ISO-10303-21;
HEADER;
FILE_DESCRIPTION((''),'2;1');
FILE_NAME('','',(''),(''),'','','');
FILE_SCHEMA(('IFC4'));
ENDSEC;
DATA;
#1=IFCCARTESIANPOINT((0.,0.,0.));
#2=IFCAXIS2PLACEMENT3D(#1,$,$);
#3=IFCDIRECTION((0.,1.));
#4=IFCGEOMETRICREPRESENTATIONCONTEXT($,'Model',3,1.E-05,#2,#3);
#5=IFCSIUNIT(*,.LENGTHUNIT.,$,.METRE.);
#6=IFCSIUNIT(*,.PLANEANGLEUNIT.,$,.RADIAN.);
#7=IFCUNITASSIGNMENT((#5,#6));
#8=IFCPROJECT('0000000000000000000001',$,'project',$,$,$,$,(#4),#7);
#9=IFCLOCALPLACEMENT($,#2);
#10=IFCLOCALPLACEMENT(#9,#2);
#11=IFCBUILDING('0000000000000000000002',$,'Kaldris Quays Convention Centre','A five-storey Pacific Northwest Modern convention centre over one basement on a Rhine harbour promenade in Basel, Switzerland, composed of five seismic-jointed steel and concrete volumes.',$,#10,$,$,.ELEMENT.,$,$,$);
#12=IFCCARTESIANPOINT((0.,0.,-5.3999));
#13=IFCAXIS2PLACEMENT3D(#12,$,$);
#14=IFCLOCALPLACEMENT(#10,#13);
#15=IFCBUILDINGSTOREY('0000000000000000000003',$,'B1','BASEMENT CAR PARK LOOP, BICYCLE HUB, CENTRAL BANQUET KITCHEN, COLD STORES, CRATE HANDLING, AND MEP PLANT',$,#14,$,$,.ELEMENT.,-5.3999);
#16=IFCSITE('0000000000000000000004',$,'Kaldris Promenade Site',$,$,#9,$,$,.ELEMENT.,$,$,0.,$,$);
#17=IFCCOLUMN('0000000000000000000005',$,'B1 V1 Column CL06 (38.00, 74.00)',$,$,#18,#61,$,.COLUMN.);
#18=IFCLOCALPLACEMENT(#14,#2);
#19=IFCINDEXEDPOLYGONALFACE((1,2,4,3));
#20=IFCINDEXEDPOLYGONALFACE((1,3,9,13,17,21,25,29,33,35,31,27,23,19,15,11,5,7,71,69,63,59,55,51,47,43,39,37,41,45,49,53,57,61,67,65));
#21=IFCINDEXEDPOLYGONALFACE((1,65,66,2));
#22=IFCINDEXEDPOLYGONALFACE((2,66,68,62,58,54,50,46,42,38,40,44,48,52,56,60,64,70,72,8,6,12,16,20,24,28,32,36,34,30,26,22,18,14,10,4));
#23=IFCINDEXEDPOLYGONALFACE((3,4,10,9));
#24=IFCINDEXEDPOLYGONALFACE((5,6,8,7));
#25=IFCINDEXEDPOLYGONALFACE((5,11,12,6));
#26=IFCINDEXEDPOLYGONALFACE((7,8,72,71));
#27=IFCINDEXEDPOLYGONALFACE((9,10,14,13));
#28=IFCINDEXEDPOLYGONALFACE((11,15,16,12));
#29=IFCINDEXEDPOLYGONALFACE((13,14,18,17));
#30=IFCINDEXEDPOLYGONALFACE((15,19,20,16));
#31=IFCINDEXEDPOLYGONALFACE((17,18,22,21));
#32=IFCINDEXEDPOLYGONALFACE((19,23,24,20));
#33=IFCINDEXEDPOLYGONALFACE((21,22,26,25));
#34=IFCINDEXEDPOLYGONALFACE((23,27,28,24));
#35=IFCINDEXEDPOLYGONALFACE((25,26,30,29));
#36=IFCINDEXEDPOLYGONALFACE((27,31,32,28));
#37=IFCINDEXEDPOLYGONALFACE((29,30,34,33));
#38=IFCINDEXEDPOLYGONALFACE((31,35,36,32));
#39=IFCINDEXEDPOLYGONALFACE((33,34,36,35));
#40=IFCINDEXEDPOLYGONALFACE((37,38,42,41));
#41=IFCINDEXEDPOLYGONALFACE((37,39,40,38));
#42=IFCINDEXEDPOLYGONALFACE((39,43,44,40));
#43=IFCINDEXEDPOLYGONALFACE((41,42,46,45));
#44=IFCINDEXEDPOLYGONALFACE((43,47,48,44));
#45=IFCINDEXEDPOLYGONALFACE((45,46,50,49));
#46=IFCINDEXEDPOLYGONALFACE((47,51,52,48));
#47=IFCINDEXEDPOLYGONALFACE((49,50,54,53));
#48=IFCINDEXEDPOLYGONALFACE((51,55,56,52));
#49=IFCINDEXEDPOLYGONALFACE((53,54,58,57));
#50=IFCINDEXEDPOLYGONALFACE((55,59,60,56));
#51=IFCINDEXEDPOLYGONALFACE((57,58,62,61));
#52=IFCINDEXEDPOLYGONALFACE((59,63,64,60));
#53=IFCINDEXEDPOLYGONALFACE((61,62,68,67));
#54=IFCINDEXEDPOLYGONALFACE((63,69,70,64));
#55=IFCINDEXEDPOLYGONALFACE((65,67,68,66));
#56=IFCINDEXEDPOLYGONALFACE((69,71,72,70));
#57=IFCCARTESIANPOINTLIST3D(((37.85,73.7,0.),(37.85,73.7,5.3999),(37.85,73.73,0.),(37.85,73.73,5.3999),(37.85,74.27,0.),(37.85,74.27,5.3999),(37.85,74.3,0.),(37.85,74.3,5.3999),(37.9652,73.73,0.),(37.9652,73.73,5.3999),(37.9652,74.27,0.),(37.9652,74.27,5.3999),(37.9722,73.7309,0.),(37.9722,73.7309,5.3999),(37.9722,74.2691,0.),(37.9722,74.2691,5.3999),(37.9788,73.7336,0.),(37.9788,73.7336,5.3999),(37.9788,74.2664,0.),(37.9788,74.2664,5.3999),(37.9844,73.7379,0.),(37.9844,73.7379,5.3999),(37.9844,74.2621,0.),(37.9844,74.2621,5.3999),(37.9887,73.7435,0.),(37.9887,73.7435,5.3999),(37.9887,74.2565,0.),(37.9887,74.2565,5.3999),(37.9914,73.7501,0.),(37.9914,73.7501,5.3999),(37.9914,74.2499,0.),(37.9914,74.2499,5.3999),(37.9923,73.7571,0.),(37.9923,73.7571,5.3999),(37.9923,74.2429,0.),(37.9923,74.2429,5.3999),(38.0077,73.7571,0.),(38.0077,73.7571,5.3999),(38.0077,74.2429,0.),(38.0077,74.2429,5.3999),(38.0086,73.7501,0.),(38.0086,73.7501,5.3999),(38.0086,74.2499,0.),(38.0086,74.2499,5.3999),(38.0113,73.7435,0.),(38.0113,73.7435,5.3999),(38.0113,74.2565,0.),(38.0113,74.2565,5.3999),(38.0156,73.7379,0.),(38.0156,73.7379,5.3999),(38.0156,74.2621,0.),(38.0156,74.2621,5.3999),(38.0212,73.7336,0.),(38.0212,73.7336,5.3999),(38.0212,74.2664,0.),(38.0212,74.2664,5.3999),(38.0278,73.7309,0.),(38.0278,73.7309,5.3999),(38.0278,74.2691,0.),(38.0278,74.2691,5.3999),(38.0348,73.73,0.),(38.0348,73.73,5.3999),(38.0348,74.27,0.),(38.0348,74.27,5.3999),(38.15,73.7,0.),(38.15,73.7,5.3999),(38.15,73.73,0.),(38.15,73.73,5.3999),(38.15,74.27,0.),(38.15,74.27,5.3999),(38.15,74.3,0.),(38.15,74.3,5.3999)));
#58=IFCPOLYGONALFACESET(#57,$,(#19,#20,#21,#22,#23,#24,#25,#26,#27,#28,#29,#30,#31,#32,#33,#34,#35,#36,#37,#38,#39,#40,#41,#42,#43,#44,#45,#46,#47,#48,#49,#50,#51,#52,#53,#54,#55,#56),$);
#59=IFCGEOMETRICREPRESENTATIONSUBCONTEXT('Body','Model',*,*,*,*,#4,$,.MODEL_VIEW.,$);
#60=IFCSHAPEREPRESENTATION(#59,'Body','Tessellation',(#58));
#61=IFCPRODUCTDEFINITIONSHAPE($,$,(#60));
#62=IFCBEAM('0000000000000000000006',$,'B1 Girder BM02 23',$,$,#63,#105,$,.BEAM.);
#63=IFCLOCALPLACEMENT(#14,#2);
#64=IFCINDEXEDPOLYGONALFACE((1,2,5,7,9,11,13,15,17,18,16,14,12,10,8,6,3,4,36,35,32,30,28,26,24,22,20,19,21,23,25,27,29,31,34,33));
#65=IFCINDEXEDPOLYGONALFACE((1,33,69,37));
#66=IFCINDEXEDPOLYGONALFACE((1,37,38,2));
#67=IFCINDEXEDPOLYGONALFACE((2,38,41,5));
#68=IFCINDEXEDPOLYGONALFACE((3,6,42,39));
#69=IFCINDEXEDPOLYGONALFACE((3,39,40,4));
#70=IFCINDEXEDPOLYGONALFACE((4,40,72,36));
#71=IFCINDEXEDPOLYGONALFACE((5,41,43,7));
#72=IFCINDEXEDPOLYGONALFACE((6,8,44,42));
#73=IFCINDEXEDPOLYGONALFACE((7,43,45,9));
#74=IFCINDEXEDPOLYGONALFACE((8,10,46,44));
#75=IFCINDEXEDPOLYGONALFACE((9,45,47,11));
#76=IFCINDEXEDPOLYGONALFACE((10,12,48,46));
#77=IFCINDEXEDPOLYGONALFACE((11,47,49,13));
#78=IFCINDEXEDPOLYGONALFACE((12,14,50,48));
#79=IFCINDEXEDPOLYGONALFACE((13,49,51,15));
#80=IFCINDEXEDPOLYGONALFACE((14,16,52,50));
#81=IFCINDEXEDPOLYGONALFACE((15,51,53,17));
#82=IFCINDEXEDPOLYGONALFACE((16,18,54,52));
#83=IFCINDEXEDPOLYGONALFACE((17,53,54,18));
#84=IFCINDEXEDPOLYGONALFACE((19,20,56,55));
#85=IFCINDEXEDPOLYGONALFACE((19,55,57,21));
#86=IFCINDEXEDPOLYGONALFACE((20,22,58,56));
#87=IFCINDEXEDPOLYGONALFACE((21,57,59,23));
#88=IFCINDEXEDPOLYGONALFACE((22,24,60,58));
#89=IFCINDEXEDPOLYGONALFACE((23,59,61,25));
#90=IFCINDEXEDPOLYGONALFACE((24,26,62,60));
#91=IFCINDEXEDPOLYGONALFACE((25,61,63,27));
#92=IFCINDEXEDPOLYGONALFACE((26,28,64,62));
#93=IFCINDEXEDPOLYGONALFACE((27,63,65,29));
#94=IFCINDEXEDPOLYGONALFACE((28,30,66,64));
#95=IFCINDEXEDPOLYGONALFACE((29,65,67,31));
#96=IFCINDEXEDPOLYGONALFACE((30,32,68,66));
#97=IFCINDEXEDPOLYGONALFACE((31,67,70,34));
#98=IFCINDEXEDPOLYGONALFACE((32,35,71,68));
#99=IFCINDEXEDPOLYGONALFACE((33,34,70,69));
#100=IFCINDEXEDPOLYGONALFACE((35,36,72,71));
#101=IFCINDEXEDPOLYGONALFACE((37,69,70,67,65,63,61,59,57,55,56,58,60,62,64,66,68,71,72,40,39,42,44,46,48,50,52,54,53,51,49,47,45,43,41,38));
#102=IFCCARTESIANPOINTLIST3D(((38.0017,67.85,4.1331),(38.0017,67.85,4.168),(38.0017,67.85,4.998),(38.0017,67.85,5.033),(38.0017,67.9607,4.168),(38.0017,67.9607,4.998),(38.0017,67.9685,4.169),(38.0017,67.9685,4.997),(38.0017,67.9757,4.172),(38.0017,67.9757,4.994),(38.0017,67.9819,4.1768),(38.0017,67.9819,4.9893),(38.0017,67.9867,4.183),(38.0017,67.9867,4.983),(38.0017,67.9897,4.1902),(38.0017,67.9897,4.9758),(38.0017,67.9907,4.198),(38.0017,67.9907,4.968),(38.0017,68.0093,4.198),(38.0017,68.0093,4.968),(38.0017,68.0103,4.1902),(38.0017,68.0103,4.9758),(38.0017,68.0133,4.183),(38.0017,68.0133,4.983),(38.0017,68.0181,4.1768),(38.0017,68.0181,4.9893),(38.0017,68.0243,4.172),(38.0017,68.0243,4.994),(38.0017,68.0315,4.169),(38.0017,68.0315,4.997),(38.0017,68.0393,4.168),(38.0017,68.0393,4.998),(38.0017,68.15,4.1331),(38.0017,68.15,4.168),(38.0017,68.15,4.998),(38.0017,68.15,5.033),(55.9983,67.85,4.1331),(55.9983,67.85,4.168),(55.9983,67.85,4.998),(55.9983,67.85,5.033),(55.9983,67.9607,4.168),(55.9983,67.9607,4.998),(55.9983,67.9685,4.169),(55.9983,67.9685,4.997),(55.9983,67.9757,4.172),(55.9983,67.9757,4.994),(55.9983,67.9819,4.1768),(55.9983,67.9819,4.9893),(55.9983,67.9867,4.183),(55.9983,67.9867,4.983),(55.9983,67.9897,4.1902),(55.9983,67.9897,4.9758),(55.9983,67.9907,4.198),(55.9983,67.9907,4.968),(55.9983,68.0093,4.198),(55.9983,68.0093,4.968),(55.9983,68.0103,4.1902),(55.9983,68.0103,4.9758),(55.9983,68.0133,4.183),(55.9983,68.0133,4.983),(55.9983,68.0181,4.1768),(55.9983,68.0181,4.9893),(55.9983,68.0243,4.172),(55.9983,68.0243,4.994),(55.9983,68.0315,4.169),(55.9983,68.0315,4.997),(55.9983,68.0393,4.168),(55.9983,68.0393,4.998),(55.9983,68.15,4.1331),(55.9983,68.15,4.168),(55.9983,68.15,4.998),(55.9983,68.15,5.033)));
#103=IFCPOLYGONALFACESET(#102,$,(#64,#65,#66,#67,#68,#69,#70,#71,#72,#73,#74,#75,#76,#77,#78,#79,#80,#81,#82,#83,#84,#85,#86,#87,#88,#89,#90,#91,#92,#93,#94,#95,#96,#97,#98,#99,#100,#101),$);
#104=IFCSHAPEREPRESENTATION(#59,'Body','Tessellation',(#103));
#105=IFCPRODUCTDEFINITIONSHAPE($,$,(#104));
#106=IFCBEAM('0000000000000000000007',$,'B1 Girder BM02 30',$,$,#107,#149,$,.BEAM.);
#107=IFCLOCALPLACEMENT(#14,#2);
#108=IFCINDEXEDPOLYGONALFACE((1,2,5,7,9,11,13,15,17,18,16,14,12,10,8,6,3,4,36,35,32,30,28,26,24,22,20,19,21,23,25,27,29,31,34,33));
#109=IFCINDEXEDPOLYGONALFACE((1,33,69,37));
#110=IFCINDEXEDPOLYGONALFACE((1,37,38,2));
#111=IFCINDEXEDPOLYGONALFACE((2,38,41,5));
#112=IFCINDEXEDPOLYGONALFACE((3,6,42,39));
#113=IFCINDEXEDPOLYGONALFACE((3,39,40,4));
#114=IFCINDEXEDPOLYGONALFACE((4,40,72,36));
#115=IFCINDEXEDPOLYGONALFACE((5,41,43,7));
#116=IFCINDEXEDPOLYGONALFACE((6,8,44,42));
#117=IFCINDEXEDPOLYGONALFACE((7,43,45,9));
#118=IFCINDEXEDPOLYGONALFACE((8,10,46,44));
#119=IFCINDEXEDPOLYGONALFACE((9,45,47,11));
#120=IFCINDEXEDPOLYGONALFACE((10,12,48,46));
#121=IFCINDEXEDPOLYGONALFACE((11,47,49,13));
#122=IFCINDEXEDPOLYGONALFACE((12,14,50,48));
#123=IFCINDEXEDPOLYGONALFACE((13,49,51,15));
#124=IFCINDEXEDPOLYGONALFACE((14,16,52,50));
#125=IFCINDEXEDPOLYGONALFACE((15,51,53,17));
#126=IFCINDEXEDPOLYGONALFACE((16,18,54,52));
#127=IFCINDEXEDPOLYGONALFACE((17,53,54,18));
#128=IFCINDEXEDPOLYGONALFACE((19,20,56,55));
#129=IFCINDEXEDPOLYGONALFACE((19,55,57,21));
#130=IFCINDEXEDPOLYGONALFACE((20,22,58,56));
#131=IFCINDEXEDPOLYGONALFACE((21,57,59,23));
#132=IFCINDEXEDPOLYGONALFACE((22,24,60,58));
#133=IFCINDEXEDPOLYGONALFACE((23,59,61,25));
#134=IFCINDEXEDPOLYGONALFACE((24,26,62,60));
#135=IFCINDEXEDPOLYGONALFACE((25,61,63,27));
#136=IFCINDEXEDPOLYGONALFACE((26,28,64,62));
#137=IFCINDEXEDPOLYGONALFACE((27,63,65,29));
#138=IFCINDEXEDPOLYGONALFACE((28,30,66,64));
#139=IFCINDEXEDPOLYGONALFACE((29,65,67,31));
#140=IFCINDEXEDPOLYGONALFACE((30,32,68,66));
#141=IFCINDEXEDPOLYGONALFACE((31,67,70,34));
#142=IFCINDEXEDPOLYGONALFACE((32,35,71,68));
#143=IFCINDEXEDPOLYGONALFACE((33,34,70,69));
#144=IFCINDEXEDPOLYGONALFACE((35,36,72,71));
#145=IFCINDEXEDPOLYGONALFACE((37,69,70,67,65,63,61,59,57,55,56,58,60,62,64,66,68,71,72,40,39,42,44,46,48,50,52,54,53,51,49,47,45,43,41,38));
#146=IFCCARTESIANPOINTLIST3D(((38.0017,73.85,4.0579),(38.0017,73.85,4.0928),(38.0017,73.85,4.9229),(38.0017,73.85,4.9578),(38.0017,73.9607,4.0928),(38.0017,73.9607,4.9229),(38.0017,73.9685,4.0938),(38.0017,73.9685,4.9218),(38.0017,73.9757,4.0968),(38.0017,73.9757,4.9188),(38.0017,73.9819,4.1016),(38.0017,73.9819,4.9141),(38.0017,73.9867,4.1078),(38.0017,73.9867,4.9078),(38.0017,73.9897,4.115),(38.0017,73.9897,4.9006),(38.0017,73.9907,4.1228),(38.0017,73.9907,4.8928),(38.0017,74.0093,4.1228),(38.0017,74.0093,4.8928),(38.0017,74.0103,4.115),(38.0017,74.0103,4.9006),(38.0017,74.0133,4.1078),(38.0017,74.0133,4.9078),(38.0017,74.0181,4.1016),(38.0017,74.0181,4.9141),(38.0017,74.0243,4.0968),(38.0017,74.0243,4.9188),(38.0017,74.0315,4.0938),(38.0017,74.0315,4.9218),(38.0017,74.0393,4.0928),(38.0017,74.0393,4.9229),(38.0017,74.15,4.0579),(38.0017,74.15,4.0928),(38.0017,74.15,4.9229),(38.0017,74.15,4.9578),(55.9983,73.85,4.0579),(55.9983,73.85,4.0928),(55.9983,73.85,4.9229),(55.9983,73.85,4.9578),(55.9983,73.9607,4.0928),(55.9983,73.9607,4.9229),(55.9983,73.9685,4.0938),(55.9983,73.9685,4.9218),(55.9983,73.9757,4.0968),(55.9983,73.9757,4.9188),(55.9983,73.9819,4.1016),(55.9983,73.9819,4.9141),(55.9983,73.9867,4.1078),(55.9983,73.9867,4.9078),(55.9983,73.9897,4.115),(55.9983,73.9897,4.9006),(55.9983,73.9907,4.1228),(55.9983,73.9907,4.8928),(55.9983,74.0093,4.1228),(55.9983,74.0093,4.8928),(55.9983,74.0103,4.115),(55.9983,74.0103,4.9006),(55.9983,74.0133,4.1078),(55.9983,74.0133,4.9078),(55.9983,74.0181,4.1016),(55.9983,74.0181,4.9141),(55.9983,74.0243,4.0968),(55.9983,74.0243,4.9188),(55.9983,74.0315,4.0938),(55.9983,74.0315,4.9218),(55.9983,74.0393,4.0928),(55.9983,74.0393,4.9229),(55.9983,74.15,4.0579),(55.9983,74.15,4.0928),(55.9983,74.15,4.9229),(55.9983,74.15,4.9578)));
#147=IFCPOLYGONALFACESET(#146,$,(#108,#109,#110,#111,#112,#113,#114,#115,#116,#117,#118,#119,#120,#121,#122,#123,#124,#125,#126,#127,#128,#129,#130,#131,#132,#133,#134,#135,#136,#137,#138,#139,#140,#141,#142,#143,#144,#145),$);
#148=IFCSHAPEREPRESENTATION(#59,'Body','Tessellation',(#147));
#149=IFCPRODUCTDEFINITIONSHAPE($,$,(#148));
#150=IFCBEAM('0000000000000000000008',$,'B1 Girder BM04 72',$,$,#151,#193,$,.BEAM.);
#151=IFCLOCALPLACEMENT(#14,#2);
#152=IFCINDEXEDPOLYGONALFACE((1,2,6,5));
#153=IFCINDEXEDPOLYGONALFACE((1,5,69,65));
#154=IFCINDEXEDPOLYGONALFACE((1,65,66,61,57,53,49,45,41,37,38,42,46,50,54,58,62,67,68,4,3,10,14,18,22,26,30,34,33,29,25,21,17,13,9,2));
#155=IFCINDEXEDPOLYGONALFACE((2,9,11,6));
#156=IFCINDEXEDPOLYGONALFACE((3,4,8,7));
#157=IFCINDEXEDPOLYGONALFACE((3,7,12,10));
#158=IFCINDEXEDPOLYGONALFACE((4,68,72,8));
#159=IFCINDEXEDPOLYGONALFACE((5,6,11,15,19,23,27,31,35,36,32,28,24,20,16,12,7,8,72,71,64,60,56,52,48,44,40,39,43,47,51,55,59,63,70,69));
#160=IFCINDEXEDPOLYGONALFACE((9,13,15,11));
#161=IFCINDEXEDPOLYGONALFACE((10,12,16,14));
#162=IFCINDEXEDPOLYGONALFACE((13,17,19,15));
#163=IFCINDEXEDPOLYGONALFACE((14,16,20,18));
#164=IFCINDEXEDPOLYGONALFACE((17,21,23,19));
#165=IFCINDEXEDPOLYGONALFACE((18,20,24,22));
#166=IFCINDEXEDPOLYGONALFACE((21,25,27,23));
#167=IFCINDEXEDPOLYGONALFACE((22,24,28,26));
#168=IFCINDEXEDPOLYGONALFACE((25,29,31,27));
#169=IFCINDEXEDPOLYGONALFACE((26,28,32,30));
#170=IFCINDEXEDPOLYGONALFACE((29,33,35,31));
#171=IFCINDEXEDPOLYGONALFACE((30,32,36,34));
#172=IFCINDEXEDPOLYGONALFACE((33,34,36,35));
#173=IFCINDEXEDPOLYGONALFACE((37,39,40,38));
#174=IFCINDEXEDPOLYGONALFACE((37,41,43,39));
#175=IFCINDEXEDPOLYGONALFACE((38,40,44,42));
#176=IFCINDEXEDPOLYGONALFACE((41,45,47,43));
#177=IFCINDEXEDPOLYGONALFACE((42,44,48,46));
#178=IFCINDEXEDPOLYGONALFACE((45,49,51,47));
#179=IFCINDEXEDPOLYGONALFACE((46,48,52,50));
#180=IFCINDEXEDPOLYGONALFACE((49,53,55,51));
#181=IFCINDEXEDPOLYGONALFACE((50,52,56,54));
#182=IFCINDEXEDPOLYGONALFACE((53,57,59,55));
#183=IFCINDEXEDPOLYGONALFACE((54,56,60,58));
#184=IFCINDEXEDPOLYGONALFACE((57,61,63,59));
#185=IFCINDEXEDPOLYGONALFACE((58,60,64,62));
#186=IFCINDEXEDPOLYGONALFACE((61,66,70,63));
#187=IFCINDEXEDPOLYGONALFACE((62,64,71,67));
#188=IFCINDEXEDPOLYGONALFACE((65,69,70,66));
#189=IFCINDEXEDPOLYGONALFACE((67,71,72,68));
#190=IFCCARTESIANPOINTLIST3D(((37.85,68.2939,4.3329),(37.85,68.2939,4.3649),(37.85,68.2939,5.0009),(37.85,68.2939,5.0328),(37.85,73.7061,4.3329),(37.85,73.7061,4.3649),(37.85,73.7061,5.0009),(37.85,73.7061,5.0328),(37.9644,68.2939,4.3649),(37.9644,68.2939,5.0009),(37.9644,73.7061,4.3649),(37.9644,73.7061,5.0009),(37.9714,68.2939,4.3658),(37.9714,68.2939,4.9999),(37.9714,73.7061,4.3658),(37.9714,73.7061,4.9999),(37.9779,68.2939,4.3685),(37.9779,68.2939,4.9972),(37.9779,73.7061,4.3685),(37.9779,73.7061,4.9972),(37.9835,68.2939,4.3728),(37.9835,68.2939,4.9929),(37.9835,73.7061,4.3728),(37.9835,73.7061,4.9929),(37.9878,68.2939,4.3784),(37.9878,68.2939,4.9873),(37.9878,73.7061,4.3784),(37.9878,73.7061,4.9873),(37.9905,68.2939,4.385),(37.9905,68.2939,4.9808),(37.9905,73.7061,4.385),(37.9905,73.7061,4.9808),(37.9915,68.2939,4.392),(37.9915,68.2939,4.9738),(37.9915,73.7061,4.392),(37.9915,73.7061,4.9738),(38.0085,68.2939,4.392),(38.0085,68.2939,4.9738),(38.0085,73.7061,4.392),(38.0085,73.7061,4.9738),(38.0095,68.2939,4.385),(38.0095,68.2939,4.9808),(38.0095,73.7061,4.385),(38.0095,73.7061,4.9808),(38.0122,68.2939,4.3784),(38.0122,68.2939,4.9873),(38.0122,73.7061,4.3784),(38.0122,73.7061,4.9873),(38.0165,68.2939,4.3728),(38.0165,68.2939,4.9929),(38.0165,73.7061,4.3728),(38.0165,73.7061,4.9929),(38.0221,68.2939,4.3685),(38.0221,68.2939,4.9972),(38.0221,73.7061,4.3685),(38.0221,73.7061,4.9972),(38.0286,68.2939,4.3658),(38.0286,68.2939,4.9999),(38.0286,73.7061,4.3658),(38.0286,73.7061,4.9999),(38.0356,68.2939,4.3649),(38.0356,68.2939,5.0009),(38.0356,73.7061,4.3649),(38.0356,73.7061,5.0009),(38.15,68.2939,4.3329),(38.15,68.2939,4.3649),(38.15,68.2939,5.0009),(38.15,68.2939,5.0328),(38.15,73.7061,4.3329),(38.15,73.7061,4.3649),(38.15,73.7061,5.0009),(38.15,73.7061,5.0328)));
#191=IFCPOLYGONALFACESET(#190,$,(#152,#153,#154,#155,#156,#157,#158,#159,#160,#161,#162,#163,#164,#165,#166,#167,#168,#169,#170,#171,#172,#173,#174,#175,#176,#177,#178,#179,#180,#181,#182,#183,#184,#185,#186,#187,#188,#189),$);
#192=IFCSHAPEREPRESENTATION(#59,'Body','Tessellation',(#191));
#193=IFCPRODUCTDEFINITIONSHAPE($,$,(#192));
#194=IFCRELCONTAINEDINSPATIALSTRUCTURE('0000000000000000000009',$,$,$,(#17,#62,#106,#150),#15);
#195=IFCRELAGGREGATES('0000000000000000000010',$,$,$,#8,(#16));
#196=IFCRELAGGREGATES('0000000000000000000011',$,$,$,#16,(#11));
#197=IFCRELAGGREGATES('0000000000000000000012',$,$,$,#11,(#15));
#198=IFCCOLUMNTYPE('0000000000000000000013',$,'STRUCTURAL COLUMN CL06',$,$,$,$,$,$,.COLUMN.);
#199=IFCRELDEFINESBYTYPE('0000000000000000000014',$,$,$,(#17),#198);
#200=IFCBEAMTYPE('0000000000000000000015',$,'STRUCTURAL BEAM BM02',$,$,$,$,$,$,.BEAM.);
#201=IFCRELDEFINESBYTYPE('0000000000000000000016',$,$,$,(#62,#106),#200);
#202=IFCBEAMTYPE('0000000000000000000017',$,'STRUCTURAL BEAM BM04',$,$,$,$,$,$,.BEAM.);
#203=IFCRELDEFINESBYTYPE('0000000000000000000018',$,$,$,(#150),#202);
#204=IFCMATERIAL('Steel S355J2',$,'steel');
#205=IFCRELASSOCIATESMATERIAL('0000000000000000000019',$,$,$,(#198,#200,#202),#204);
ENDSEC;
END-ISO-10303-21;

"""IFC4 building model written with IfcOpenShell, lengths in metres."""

from ifc_helpers import new_model, si_unit, direction, frame, origin, origin_2d, place, context, subcontext, project, spatial, i_section, extrude, material, material_profile, profile_set, type_object, element, save


model = new_model("IFC4")

# Units and contexts
model_context = context("Model", 3, precision=1e-05, world=origin(), true_north=direction((0.0, 1.0)))
body_context = subcontext(model_context, "Body", "Model", "MODEL_VIEW")
ifc_project = project(units=[si_unit("LENGTHUNIT", "METRE"), si_unit("PLANEANGLEUNIT", "RADIAN")], contexts=[model_context])

# Site, building, storey
site_placement = place(None, origin())
site = spatial("IfcSite", under=ifc_project, at=site_placement, Name="Kaldris Promenade Site", CompositionType="ELEMENT", RefElevation=0.0)
building_placement = place(site_placement, origin())
building = spatial("IfcBuilding", under=site, at=building_placement, Name="Kaldris Quays Convention Centre", Description="A five-storey Pacific Northwest Modern convention centre over one basement on a Rhine harbour promenade in Basel, Switzerland, composed of five seismic-jointed steel and concrete volumes.", CompositionType="ELEMENT")
storey_placement = place(building_placement, frame((0.0, 0.0, -5.3999)))
storey = spatial("IfcBuildingStorey", under=building, at=storey_placement, Name="B1", Description="BASEMENT CAR PARK LOOP, BICYCLE HUB, CENTRAL BANQUET KITCHEN, COLD STORES, CRATE HANDLING, AND MEP PLANT", CompositionType="ELEMENT", Elevation=-5.3999)

# Column
ifc_material_1 = material(Name="Steel S355J2", Category="steel")
ifc_material_profile_1 = material_profile(ifc_material_1, i_section(OverallWidth=0.3, OverallDepth=0.6001, WebThickness=0.0154, FlangeThickness=0.03, FilletRadius=0.0271, at=origin_2d()), Name="HEB 600")
ifc_profile_set_1 = profile_set([ifc_material_profile_1], Name="Steel S355J2")
column_type = type_object("IfcColumnType", Name="STRUCTURAL COLUMN CL06", PredefinedType="COLUMN", material=ifc_profile_set_1)
for number, where, z_axis, x_axis, name in (
    (1, (38.0, 74.0, 0.0), (0.0, 0.0, 1.0), (1.0, 0.0, 0.0), "B1 V1 Column CL06 (38.00, 74.00)"),
):
    element("IfcColumn", number, at=place(storey_placement, frame(where, z_axis=z_axis, x_axis=x_axis)), inside=storey, type_object=column_type, Name=name, PredefinedType="COLUMN", context=body_context, shape_type="SweptSolid", body=[
        extrude(i_section(OverallWidth=0.3, OverallDepth=0.6001, WebThickness=0.0154, FlangeThickness=0.03, FilletRadius=0.0271, at=origin_2d()), origin(), (0.0, 0.0, 1.0), 5.3999),
    ])

# Beams
ifc_material_profile_2 = material_profile(ifc_material_1, i_section(OverallWidth=0.3, OverallDepth=0.8999, WebThickness=0.0186, FlangeThickness=0.0349, FilletRadius=0.03, at=origin_2d()), Name="HEB 900")
ifc_profile_set_2 = profile_set([ifc_material_profile_2], Name="Steel S355J2")
beam_type_1 = type_object("IfcBeamType", Name="STRUCTURAL BEAM BM02", PredefinedType="BEAM", material=ifc_profile_set_2)
for number, where, z_axis, x_axis, name in (
    (2, (38.0017, 68.0, 4.583), (1.0, 0.0, 0.0), (0.0, 1.0, 0.0), "B1 Girder BM02 23"),
    (3, (38.0017, 74.0, 4.5078), (1.0, 0.0, 0.0), (0.0, 1.0, 0.0), "B1 Girder BM02 30"),
):
    element("IfcBeam", number, at=place(storey_placement, frame(where, z_axis=z_axis, x_axis=x_axis)), inside=storey, type_object=beam_type_1, Name=name, PredefinedType="BEAM", context=body_context, shape_type="SweptSolid", body=[
        extrude(i_section(OverallWidth=0.3, OverallDepth=0.8999, WebThickness=0.0186, FlangeThickness=0.0349, FilletRadius=0.03, at=origin_2d()), origin(), (0.0, 0.0, 1.0), 17.9966),
    ])
ifc_material_profile_3 = material_profile(ifc_material_1, i_section(OverallWidth=0.3, OverallDepth=0.7, WebThickness=0.0171, FlangeThickness=0.032, FilletRadius=0.0271, at=origin_2d()), Name="HEB 700")
ifc_profile_set_3 = profile_set([ifc_material_profile_3], Name="Steel S355J2")
beam_type_2 = type_object("IfcBeamType", Name="STRUCTURAL BEAM BM04", PredefinedType="BEAM", material=ifc_profile_set_3)
beam_placement = place(storey_placement, frame((38.0, 68.2939, 4.6829), z_axis=(0.0, 1.0, 0.0), x_axis=(-1.0, 0.0, 0.0)))
element("IfcBeam", 4, at=beam_placement, inside=storey, type_object=beam_type_2, Name="B1 Girder BM04 72", PredefinedType="BEAM", context=body_context, shape_type="SweptSolid", body=[
    extrude(i_section(OverallWidth=0.3, OverallDepth=0.7, WebThickness=0.0171, FlangeThickness=0.032, FilletRadius=0.0271, at=origin_2d()), origin(), (0.0, 0.0, 1.0), 5.4121),
])

save(model, "model.ifc")
